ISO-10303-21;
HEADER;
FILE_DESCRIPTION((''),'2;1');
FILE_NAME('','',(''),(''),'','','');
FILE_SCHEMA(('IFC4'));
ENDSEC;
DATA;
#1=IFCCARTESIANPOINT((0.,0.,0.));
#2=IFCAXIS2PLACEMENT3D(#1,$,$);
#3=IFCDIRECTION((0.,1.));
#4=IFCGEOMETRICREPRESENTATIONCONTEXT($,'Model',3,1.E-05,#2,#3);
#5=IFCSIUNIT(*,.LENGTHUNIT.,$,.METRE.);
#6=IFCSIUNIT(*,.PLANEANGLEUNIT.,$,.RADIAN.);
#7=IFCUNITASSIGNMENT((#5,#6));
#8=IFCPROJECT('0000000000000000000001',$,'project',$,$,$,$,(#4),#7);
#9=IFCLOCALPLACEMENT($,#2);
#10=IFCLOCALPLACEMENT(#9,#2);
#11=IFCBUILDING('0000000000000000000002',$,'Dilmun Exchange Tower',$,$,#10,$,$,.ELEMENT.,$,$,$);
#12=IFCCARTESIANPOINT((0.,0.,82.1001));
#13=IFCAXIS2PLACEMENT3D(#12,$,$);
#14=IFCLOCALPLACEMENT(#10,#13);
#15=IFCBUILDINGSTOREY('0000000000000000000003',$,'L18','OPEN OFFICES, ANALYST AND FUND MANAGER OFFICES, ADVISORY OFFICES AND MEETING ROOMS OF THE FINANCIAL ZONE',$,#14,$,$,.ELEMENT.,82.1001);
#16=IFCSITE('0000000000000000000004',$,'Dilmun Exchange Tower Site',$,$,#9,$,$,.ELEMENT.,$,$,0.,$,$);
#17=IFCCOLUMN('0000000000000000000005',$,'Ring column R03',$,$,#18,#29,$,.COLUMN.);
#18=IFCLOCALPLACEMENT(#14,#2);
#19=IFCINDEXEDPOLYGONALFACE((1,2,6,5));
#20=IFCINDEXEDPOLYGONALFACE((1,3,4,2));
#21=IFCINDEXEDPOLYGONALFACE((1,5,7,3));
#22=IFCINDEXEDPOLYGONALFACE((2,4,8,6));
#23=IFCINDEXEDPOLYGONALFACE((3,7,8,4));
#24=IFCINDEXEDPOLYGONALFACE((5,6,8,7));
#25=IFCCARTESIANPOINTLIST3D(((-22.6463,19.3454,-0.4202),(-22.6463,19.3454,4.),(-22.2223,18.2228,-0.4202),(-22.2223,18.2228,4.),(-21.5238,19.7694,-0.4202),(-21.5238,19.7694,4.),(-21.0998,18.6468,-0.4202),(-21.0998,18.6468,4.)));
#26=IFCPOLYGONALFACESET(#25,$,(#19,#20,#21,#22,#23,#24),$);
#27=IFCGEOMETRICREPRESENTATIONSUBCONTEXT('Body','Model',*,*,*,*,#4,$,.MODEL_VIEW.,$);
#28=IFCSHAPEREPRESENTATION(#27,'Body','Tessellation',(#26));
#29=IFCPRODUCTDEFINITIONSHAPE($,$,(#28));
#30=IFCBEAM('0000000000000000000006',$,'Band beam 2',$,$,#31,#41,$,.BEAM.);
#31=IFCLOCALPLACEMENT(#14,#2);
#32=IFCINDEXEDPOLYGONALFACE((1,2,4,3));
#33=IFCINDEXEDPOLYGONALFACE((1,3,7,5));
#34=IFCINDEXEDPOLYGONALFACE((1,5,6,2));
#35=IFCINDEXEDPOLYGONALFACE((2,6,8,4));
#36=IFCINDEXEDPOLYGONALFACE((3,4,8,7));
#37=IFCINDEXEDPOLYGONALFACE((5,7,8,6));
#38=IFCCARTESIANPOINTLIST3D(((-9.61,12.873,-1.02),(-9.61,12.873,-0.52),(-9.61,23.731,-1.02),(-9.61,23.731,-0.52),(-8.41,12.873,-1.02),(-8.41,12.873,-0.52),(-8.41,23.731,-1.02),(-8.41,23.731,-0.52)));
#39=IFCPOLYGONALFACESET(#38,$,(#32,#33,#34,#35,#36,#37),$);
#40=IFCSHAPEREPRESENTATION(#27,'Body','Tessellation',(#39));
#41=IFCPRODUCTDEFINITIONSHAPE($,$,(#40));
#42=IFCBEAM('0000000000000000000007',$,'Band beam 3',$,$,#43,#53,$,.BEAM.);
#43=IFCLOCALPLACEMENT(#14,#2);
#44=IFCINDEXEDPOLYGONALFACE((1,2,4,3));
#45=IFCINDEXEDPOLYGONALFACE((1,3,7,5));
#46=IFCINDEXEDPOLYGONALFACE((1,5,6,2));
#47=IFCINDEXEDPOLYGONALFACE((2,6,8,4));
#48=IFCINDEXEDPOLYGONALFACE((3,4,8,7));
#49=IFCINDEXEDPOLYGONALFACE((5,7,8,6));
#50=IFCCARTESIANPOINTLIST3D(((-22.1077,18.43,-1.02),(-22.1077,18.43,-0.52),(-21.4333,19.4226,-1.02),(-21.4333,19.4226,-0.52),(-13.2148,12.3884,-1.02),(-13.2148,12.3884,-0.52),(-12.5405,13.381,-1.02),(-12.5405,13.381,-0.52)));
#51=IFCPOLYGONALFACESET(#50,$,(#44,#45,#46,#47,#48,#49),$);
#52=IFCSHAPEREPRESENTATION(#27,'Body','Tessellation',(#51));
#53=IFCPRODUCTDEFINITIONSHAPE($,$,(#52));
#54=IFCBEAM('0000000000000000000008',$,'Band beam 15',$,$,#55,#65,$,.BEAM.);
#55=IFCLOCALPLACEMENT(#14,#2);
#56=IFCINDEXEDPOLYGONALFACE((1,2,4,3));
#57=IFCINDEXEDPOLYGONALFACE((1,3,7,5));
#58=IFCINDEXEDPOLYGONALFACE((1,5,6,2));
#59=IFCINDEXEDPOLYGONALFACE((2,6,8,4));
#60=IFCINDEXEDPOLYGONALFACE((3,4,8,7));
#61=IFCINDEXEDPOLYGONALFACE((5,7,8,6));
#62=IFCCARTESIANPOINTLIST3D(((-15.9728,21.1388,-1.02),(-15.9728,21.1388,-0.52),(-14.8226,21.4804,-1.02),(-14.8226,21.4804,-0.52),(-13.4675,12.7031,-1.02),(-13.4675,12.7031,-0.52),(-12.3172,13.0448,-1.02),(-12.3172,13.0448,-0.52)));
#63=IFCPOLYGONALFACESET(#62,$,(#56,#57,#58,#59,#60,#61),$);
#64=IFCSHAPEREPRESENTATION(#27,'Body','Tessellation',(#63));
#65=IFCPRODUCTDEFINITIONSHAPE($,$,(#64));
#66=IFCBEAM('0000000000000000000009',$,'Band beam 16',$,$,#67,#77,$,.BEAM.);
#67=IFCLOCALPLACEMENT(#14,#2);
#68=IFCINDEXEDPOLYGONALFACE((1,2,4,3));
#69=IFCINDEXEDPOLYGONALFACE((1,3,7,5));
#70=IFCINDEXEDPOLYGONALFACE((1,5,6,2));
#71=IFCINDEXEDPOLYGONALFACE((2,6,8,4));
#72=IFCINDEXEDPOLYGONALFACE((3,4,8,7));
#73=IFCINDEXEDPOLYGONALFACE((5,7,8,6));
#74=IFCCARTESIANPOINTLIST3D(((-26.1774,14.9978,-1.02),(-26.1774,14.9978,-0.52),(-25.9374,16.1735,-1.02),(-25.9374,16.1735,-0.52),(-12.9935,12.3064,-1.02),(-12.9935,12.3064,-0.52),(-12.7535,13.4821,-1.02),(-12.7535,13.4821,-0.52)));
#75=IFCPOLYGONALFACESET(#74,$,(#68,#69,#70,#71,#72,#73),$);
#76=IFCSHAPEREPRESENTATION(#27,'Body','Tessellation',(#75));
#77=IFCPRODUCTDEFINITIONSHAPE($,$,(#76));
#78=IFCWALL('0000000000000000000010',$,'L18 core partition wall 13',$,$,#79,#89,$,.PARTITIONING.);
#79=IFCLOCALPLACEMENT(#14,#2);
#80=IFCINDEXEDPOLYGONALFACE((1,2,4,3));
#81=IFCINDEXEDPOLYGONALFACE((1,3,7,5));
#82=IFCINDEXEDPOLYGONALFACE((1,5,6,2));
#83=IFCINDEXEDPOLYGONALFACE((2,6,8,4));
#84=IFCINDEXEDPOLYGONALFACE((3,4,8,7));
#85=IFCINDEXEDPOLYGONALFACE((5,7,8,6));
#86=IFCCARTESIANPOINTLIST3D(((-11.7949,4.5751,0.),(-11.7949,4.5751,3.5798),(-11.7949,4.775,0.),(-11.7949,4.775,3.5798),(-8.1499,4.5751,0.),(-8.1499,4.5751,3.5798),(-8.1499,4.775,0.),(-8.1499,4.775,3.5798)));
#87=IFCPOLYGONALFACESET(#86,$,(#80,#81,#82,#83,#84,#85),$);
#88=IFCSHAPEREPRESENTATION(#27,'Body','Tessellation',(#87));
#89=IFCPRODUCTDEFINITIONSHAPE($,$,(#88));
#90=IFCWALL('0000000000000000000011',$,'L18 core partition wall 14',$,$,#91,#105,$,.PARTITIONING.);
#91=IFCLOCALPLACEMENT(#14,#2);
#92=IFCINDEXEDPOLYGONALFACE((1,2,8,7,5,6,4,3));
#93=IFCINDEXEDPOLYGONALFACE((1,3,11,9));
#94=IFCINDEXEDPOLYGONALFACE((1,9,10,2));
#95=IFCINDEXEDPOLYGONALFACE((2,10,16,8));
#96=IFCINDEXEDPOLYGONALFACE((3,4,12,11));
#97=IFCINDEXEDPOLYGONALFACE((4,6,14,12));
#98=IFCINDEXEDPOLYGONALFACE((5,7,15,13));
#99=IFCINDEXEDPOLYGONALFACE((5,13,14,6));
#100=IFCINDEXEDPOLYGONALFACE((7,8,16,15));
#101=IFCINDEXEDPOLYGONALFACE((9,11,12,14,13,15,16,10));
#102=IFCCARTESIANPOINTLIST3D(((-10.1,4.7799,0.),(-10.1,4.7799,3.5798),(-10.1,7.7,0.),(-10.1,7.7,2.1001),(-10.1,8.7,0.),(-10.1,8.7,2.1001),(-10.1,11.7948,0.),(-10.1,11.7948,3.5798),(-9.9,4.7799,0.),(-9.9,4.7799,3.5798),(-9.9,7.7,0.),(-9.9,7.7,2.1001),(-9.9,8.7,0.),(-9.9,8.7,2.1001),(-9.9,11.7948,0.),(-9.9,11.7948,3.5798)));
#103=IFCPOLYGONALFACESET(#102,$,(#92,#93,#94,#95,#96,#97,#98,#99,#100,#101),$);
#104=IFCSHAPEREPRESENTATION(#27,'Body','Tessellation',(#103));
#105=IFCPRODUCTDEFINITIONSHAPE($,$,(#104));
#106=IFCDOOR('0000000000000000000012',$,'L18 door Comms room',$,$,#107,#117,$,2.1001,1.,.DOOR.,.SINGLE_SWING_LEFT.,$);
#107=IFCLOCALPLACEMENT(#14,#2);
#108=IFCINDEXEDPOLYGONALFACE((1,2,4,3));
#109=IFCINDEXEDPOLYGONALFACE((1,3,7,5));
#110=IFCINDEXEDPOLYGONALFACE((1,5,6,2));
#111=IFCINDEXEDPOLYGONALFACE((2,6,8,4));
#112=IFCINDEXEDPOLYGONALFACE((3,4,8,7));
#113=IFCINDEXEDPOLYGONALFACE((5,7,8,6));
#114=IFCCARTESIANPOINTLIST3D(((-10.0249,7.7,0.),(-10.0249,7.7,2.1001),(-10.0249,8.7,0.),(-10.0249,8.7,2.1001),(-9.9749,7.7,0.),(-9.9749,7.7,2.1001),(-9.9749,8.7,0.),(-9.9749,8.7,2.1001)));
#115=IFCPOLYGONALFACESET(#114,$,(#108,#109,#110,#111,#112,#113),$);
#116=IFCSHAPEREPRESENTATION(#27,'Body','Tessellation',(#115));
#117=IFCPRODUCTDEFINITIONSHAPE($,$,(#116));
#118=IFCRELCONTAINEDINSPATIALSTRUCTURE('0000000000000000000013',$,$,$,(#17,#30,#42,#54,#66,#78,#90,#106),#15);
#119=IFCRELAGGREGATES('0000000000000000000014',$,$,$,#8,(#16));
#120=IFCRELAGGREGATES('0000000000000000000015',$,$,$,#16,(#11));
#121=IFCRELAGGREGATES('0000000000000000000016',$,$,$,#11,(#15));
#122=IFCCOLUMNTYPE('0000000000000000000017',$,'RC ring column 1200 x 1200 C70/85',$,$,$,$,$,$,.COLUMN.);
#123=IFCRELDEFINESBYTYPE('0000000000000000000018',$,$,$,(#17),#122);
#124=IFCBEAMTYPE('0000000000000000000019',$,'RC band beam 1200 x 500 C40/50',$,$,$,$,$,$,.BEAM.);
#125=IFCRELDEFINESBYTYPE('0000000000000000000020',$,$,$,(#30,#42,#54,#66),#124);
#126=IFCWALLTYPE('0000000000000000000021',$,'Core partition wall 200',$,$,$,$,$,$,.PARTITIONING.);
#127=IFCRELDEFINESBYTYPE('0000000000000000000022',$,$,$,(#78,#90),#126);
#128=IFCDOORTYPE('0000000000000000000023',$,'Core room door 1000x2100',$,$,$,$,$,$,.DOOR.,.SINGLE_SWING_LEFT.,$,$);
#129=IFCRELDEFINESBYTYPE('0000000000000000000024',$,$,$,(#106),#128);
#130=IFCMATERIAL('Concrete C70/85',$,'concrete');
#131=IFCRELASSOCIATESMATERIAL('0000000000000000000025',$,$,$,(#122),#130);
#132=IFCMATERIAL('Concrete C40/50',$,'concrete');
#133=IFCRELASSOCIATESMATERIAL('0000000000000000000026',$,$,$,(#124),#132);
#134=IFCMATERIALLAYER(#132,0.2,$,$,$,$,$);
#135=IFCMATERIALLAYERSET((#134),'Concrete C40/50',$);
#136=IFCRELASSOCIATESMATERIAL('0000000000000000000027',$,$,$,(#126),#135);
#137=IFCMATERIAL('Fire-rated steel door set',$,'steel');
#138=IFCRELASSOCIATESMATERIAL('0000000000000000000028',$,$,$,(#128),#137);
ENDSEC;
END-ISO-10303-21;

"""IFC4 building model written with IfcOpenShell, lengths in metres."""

from ifc_helpers import new_model, si_unit, direction, frame, frame_2d, origin, origin_2d, place, context, subcontext, project, spatial, rectangle, extrude, material, layer, layer_set, material_profile, profile_set, type_object, element, fill, save


model = new_model("IFC4")

# Units and contexts
model_context = context("Model", 3, precision=1e-05, world=origin(), true_north=direction((0.0, 1.0)))
body_context = subcontext(model_context, "Body", "Model", "MODEL_VIEW")
ifc_project = project(units=[si_unit("LENGTHUNIT", "METRE"), si_unit("PLANEANGLEUNIT", "RADIAN")], contexts=[model_context])

# Site, building, storey
site_placement = place(None, origin())
site = spatial("IfcSite", under=ifc_project, at=site_placement, Name="Dilmun Exchange Tower Site", CompositionType="ELEMENT", RefElevation=0.0)
building_placement = place(site_placement, origin())
building = spatial("IfcBuilding", under=site, at=building_placement, Name="Dilmun Exchange Tower", CompositionType="ELEMENT")
storey_placement = place(building_placement, frame((0.0, 0.0, 82.1001)))
storey = spatial("IfcBuildingStorey", under=building, at=storey_placement, Name="L18", Description="OPEN OFFICES, ANALYST AND FUND MANAGER OFFICES, ADVISORY OFFICES AND MEETING ROOMS OF THE FINANCIAL ZONE", CompositionType="ELEMENT", Elevation=82.1001)

# Column
ifc_material_1 = material(Name="Concrete C70/85", Category="concrete")
ifc_material_profile_1 = material_profile(ifc_material_1, rectangle(XDim=1.2, YDim=1.2, at=origin_2d()), Name="1200 x 1200")
ifc_profile_set_1 = profile_set([ifc_material_profile_1], Name="Concrete C70/85")
column_type = type_object("IfcColumnType", Name="RC ring column 1200 x 1200 C70/85", PredefinedType="COLUMN", material=ifc_profile_set_1)
column_placement = place(storey_placement, frame((-21.873, 18.9961, -0.4202), z_axis=(0.0, 0.0, 1.0), x_axis=(0.935492, 0.353349, 0.0)))
element("IfcColumn", 1, at=column_placement, inside=storey, type_object=column_type, Name="Ring column R03", PredefinedType="COLUMN", context=body_context, shape_type="SweptSolid", body=[
    extrude(rectangle(XDim=1.2, YDim=1.2, at=origin_2d()), origin(), (0.0, 0.0, 1.0), 4.4202),
])

# Beams
ifc_material_2 = material(Name="Concrete C40/50", Category="concrete")
ifc_material_profile_2 = material_profile(ifc_material_2, rectangle(XDim=1.2, YDim=0.5, at=origin_2d()), Name="1200 x 500")
ifc_profile_set_2 = profile_set([ifc_material_profile_2], Name="Concrete C40/50")
beam_type = type_object("IfcBeamType", Name="RC band beam 1200 x 500 C40/50", PredefinedType="BEAM", material=ifc_profile_set_2)
beam_1_placement = place(storey_placement, frame((-9.01, 23.731, -0.77), z_axis=(0.0, -1.0, 0.0), x_axis=(1.0, 0.0, 0.0)))
element("IfcBeam", 2, at=beam_1_placement, inside=storey, type_object=beam_type, Name="Band beam 2", PredefinedType="BEAM", context=body_context, shape_type="SweptSolid", body=[
    extrude(rectangle(XDim=1.2, YDim=0.5, at=origin_2d()), origin(), (0.0, 0.0, 1.0), 10.8579),
])
beam_2_placement = place(storey_placement, frame((-21.7705, 18.9263, -0.77), z_axis=(0.827169, -0.561953, 0.0), x_axis=(0.561953, 0.827169, 0.0)))
element("IfcBeam", 3, at=beam_2_placement, inside=storey, type_object=beam_type, Name="Band beam 3", PredefinedType="BEAM", context=body_context, shape_type="SweptSolid", body=[
    extrude(rectangle(XDim=1.2, YDim=0.5, at=origin_2d()), origin(), (0.0, 0.0, 1.0), 10.751),
])
beam_3_placement = place(storey_placement, frame((-15.3977, 21.3096, -0.77), z_axis=(0.28471, -0.958614, 0.0), x_axis=(0.958614, 0.28471, 0.0)))
element("IfcBeam", 4, at=beam_3_placement, inside=storey, type_object=beam_type, Name="Band beam 15", PredefinedType="BEAM", context=body_context, shape_type="SweptSolid", body=[
    extrude(rectangle(XDim=1.2, YDim=0.5, at=origin_2d()), origin(), (0.0, 0.0, 1.0), 8.7998),
])
beam_4_placement = place(storey_placement, frame((-26.0574, 15.5857, -0.77), z_axis=(0.979792, -0.200019, 0.0), x_axis=(0.200019, 0.979792, 0.0)))
element("IfcBeam", 5, at=beam_4_placement, inside=storey, type_object=beam_type, Name="Band beam 16", PredefinedType="BEAM", context=body_context, shape_type="SweptSolid", body=[
    extrude(rectangle(XDim=1.2, YDim=0.5, at=origin_2d()), origin(), (0.0, 0.0, 1.0), 13.4558),
])

# Wall
ifc_layer_1 = layer(ifc_material_2, 0.2)
ifc_layer_set_1 = layer_set([ifc_layer_1], Name="Concrete C40/50")
wall_type_1 = type_object("IfcWallType", Name="Core partition wall 200", PredefinedType="PARTITIONING", material=ifc_layer_set_1)
wall_1_placement = place(storey_placement, frame((-11.7949, 4.675, 0.0), z_axis=(0.0, 0.0, 1.0), x_axis=(1.0, 0.0, 0.0)))
element("IfcWall", 6, at=wall_1_placement, inside=storey, type_object=wall_type_1, Name="L18 core partition wall 13", PredefinedType="PARTITIONING", context=body_context, shape_type="SweptSolid", body=[
    extrude(rectangle(XDim=3.645, YDim=0.2, at=frame_2d((1.8225, 0.0))), origin(), (0.0, 0.0, 1.0), 3.5798),
])

# Wall, opening, door
wall_2_placement = place(storey_placement, frame((-10.0, 4.78, 0.0), z_axis=(0.0, 0.0, 1.0), x_axis=(0.0, 1.0, 0.0)))
wall_2 = element("IfcWall", 7, at=wall_2_placement, inside=storey, type_object=wall_type_1, Name="L18 core partition wall 14", PredefinedType="PARTITIONING", context=body_context, shape_type="SweptSolid", body=[
    extrude(rectangle(XDim=7.0149, YDim=0.2, at=frame_2d((3.5073, 0.0))), origin(), (0.0, 0.0, 1.0), 3.5798),
])
opening_1_placement = place(wall_2_placement, frame((2.9199, 0.0, 0.0)))
opening_1 = element("IfcOpeningElement", 8, at=opening_1_placement, cuts=wall_2, PredefinedType="OPENING", context=body_context, shape_type="SweptSolid", body=[
    extrude(rectangle(XDim=1.0, YDim=2.1001, at=frame_2d((0.5, 1.05))), frame((0.0, 0.1099, 0.0), z_axis=(0.0, -1.0, 0.0), x_axis=(1.0, 0.0, 0.0)), (0.0, 0.0, 1.0), 0.22),
])
ifc_material_3 = material(Name="Fire-rated steel door set", Category="steel")
door_type_1 = type_object("IfcDoorType", Name="Core room door 1000x2100", OperationType="SINGLE_SWING_LEFT", PredefinedType="DOOR", material=ifc_material_3)
door_1_placement = place(opening_1_placement, origin())
door_1 = element("IfcDoor", 9, at=door_1_placement, inside=storey, type_object=door_type_1, Name="L18 door Comms room", OperationType="SINGLE_SWING_LEFT", OverallHeight=2.1001, OverallWidth=1.0, PredefinedType="DOOR", context=body_context, shape_type="SweptSolid", body=[
    extrude(rectangle(XDim=1.0, YDim=2.1001, at=frame_2d((0.5, 1.05))), frame((0.0, 0.0249, 0.0), z_axis=(0.0, -1.0, 0.0), x_axis=(1.0, 0.0, 0.0)), (0.0, 0.0, 1.0), 0.05),
])
fill(opening_1, door_1)

save(model, "model.ifc")
